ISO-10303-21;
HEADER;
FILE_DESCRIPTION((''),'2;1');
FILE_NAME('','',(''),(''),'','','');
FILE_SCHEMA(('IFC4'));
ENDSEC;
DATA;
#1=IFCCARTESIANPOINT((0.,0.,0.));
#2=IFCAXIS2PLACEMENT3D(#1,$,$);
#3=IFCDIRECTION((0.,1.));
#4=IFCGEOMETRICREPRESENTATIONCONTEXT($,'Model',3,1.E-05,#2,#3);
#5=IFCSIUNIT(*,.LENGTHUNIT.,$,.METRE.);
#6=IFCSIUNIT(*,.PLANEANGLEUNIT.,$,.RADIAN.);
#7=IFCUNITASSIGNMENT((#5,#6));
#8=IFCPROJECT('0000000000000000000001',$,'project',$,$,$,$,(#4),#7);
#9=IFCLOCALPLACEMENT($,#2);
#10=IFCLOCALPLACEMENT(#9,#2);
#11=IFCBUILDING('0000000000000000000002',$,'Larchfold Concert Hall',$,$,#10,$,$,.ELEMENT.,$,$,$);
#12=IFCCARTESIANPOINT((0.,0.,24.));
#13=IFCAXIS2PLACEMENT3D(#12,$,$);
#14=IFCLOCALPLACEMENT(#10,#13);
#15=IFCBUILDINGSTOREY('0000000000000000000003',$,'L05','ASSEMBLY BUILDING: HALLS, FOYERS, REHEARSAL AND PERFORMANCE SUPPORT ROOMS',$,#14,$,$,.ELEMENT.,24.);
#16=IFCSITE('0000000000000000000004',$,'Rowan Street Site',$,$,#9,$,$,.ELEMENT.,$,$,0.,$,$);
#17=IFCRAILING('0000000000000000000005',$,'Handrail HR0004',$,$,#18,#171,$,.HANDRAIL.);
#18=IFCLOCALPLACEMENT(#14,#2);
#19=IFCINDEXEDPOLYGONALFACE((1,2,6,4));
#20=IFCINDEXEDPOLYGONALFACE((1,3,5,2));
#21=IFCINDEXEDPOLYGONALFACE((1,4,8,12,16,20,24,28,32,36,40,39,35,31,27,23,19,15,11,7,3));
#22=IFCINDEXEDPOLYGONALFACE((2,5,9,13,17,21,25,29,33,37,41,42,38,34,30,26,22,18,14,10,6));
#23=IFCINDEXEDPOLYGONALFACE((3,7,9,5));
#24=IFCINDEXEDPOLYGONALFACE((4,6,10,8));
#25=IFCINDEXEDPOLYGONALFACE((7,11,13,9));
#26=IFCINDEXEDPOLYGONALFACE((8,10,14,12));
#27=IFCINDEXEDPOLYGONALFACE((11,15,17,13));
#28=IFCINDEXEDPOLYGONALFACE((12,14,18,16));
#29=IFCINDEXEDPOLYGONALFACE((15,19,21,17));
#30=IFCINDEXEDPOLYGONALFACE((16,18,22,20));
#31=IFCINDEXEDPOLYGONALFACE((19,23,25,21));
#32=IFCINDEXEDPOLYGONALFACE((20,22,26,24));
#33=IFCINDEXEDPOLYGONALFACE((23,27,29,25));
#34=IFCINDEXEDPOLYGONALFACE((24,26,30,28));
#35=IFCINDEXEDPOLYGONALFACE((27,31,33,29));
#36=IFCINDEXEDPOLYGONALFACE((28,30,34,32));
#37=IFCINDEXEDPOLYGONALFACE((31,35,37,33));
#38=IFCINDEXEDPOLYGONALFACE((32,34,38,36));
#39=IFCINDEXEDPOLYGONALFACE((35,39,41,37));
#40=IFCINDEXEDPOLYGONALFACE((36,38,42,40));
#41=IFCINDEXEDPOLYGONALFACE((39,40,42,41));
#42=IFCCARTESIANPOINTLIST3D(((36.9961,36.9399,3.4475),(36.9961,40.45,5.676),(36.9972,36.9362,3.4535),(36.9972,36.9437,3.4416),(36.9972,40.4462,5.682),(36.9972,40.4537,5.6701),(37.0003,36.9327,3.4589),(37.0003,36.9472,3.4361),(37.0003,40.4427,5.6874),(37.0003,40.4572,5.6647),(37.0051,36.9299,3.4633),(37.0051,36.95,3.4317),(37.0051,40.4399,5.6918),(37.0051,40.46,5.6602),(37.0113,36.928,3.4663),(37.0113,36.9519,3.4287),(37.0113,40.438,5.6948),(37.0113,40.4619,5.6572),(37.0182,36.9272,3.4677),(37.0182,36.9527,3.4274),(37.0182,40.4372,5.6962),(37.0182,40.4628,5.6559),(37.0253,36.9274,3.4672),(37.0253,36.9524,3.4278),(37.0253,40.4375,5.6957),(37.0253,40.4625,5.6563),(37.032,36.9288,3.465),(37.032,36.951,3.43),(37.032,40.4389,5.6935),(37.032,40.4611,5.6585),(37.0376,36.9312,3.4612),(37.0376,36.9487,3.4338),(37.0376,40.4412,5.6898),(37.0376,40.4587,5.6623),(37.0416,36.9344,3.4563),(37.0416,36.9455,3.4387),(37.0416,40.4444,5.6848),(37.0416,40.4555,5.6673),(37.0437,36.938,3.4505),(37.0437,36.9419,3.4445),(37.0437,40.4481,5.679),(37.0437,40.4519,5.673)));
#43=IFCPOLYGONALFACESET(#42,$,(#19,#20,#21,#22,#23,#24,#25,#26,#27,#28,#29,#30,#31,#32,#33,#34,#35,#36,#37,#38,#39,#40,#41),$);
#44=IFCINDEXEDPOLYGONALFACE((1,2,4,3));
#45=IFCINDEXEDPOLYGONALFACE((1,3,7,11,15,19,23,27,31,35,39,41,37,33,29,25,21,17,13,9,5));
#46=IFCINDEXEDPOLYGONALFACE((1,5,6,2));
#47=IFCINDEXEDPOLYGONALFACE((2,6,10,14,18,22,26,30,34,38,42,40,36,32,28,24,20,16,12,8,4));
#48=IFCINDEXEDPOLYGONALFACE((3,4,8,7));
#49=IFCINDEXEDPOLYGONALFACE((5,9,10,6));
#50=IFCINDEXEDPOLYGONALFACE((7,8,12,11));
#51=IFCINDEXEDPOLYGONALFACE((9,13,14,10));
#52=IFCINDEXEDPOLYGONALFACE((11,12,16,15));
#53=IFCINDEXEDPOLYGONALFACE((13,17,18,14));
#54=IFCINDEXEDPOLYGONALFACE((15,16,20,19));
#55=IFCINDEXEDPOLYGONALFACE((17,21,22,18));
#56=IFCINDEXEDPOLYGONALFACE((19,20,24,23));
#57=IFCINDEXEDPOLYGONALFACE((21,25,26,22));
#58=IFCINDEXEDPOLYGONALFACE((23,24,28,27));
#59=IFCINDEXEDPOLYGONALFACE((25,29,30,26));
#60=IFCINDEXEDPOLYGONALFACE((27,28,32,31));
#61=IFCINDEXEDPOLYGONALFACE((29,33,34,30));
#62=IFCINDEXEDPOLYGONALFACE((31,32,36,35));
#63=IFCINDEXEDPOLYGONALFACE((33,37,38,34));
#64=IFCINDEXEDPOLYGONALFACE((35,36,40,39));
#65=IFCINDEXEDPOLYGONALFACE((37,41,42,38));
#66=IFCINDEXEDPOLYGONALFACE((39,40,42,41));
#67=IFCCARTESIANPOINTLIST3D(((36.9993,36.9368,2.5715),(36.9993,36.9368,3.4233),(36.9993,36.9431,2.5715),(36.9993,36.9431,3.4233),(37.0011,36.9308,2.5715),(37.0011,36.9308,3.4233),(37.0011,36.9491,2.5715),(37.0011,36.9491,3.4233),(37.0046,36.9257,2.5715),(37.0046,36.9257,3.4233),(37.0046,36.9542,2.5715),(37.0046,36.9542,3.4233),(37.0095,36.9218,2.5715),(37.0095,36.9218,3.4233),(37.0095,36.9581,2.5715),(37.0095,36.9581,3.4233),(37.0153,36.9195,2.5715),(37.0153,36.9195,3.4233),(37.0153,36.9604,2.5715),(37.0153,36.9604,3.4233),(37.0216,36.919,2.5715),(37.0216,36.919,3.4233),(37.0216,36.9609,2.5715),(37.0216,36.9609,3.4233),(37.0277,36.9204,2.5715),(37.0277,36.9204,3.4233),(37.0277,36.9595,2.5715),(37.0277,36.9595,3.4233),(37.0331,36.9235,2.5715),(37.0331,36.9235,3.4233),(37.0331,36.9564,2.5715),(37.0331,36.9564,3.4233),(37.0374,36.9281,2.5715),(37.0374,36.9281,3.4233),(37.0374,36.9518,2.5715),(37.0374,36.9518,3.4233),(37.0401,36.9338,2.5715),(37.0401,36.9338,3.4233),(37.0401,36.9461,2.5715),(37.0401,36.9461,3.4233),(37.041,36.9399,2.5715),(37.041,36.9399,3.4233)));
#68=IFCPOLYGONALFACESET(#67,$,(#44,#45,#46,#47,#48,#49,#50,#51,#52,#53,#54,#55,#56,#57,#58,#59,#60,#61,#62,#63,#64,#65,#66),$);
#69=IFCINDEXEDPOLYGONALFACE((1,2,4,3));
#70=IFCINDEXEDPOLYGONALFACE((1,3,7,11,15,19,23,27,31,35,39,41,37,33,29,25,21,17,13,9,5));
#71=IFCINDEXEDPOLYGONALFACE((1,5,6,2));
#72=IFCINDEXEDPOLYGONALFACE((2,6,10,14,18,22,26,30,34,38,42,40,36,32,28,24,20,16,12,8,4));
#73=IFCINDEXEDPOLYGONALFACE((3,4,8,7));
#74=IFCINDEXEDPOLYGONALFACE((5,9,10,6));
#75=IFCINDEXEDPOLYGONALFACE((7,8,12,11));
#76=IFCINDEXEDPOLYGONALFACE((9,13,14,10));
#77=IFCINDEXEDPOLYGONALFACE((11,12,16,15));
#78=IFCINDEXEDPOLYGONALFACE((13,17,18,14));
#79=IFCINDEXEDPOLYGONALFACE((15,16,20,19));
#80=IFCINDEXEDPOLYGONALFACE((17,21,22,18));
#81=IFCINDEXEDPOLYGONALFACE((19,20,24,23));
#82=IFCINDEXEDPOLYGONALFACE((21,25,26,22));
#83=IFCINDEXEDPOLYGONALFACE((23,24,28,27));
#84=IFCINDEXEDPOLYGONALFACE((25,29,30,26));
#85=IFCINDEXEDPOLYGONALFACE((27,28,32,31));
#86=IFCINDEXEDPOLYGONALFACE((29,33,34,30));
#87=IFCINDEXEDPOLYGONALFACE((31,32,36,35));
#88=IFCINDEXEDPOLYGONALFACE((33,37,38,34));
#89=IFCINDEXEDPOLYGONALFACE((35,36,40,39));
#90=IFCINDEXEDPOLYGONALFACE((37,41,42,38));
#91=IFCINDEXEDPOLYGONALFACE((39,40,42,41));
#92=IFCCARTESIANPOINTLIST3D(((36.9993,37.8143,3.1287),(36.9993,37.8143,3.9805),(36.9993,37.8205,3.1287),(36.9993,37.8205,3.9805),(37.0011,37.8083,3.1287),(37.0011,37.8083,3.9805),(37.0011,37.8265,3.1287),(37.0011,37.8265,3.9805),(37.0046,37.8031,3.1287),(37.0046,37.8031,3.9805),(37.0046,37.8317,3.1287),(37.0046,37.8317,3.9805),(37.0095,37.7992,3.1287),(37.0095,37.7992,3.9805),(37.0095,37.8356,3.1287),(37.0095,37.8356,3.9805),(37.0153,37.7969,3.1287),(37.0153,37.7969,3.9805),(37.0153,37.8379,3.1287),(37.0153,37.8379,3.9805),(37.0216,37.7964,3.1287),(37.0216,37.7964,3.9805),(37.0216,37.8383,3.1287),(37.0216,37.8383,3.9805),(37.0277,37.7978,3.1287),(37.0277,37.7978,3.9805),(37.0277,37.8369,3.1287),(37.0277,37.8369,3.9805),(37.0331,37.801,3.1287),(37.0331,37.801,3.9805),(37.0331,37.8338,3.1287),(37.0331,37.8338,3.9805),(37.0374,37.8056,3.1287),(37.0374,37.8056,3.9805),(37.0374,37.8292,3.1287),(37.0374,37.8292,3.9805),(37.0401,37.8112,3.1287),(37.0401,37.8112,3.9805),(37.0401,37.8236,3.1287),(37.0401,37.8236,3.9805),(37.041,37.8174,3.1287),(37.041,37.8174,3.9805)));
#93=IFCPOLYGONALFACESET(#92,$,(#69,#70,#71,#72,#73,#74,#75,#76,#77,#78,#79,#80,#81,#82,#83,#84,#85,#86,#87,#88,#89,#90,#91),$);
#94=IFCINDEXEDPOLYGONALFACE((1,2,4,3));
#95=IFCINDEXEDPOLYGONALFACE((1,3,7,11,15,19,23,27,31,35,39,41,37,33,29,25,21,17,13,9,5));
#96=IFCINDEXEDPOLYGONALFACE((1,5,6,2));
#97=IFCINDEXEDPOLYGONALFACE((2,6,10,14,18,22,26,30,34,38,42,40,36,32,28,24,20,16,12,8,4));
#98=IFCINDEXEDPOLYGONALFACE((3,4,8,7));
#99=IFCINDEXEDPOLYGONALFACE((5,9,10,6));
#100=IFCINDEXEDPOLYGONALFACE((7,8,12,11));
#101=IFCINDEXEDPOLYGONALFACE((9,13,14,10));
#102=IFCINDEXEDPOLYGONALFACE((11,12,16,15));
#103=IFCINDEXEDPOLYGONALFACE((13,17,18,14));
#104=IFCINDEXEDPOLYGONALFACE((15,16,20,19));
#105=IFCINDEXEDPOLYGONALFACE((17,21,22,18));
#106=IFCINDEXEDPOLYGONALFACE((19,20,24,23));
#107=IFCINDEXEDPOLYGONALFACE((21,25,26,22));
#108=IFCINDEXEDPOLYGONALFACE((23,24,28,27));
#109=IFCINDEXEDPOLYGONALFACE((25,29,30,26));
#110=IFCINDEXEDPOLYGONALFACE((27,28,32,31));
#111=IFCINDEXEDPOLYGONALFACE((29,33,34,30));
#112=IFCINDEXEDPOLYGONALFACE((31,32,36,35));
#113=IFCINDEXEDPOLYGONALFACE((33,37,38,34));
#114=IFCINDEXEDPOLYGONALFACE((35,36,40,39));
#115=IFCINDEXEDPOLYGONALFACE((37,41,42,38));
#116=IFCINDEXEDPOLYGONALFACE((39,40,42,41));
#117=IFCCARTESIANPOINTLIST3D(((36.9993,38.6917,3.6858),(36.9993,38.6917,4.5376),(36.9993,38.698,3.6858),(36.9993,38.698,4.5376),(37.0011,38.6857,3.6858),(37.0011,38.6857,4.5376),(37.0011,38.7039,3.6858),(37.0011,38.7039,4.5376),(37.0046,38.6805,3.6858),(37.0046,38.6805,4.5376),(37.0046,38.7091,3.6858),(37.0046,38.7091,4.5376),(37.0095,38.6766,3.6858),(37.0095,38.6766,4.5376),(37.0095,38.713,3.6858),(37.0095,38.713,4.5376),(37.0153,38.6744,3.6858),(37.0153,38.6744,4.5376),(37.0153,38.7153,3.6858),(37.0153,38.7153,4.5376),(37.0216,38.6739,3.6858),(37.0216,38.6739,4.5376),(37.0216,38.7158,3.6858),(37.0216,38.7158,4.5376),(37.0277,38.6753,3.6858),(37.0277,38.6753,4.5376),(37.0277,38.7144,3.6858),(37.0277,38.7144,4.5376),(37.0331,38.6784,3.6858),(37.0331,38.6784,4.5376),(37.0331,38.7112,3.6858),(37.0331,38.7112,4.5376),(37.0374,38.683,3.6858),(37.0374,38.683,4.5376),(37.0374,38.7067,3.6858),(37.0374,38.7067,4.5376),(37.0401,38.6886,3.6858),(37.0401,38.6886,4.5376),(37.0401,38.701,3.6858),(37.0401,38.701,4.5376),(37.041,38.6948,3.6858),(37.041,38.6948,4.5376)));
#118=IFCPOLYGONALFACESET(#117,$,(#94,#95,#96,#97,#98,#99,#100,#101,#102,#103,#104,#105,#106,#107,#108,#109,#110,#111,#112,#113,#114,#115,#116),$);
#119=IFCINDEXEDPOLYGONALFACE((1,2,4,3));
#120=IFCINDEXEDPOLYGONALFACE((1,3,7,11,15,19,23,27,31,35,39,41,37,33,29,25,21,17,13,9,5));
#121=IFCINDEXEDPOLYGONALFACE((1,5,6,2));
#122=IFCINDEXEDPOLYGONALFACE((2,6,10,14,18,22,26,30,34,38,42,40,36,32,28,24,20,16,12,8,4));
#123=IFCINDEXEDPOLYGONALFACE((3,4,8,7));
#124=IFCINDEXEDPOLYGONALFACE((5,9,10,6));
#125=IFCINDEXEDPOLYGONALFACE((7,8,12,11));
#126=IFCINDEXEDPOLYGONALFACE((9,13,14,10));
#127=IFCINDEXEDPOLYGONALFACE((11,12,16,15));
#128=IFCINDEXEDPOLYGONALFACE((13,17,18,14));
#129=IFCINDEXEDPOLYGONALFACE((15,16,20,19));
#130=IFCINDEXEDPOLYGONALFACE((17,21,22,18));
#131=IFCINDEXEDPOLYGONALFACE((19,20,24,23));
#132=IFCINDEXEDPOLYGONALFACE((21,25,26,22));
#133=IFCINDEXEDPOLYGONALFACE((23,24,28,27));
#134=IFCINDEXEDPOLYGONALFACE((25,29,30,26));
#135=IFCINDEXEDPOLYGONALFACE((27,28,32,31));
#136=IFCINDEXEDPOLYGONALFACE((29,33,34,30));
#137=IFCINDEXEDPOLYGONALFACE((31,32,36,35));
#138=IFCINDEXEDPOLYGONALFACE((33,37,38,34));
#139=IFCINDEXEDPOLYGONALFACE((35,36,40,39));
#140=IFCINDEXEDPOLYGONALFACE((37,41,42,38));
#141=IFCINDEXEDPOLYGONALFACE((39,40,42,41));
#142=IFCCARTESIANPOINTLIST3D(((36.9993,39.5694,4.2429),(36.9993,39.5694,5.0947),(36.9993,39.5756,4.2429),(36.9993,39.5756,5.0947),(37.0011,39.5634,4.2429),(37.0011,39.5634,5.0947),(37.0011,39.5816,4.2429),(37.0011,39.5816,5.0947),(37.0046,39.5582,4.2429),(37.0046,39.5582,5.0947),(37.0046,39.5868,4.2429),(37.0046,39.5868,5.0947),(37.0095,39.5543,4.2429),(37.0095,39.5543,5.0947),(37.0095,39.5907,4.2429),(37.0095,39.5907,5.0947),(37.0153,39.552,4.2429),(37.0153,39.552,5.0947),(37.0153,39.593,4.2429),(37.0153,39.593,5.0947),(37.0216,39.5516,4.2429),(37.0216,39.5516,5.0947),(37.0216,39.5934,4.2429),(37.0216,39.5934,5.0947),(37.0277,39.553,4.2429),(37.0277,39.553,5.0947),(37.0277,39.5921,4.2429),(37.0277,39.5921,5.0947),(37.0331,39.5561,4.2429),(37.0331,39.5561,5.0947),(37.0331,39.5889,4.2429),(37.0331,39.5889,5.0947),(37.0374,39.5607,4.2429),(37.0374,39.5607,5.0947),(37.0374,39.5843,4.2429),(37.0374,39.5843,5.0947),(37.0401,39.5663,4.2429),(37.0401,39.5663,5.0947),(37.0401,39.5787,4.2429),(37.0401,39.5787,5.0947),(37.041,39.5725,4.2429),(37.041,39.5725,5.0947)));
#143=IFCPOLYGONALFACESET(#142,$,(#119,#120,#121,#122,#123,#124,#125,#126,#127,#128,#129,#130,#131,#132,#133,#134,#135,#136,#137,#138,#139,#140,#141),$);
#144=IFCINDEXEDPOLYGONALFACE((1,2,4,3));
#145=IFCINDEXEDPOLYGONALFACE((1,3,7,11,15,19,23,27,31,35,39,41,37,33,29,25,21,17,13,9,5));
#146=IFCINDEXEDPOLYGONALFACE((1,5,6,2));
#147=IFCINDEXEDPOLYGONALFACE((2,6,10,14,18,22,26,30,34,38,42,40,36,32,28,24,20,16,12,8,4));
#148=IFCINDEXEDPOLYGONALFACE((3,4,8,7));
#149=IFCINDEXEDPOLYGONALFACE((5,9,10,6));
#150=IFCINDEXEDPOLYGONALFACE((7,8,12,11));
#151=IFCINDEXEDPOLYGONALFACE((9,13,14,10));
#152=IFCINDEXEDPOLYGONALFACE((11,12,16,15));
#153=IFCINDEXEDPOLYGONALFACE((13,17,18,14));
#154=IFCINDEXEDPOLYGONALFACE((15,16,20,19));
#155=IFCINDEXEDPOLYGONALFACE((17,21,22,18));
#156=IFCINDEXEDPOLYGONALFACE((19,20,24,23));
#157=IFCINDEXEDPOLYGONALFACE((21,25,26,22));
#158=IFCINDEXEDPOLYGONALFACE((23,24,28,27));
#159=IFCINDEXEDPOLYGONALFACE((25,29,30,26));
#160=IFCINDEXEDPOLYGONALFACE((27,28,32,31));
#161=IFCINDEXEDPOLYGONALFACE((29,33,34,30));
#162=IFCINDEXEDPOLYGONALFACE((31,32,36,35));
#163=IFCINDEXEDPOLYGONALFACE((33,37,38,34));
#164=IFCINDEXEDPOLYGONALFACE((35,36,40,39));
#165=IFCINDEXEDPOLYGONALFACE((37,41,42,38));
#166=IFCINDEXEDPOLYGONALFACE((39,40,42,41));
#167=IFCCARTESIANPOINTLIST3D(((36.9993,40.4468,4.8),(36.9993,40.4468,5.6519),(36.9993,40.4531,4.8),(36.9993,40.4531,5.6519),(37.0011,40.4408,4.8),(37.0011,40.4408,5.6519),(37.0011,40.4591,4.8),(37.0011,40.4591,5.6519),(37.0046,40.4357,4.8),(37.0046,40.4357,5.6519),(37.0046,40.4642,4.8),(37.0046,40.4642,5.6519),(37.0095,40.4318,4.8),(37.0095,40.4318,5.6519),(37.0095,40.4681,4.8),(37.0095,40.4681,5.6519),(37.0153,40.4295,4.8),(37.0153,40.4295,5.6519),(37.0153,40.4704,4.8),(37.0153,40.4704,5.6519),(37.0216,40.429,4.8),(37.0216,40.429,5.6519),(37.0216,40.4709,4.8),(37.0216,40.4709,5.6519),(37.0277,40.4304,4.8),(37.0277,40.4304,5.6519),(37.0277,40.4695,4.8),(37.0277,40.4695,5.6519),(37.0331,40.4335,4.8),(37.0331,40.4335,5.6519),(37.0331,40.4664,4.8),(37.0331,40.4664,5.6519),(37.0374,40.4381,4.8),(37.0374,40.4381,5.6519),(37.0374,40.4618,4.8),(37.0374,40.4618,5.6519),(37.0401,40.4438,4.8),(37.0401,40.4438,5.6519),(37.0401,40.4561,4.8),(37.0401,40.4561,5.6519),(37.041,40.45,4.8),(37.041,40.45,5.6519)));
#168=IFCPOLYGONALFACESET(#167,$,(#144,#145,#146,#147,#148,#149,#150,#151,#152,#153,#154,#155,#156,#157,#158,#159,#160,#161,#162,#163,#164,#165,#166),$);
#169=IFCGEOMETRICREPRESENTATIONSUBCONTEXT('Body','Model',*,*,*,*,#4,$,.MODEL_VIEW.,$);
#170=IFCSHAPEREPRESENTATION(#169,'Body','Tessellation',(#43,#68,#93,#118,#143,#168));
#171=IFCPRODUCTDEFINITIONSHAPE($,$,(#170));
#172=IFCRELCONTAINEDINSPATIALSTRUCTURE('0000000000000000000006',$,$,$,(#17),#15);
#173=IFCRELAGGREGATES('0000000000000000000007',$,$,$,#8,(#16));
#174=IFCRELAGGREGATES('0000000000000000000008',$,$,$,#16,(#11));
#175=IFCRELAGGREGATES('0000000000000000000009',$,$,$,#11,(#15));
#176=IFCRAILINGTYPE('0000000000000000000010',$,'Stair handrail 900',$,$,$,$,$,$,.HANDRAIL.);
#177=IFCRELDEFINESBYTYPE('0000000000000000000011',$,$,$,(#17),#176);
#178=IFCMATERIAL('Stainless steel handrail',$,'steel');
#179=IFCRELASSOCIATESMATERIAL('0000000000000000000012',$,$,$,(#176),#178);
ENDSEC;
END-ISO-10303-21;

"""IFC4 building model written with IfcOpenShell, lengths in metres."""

from ifc_helpers import new_model, si_unit, direction, frame, origin, origin_2d, place, context, subcontext, project, spatial, circle, extrude, material, type_object, element, save


model = new_model("IFC4")

# Units and contexts
model_context = context("Model", 3, precision=1e-05, world=origin(), true_north=direction((0.0, 1.0)))
body_context = subcontext(model_context, "Body", "Model", "MODEL_VIEW")
ifc_project = project(units=[si_unit("LENGTHUNIT", "METRE"), si_unit("PLANEANGLEUNIT", "RADIAN")], contexts=[model_context])

# Site, building, storey
site_placement = place(None, origin())
site = spatial("IfcSite", under=ifc_project, at=site_placement, Name="Rowan Street Site", CompositionType="ELEMENT", RefElevation=0.0)
building_placement = place(site_placement, origin())
building = spatial("IfcBuilding", under=site, at=building_placement, Name="Larchfold Concert Hall", CompositionType="ELEMENT")
storey_placement = place(building_placement, frame((0.0, 0.0, 24.0)))
storey = spatial("IfcBuildingStorey", under=building, at=storey_placement, Name="L05", Description="ASSEMBLY BUILDING: HALLS, FOYERS, REHEARSAL AND PERFORMANCE SUPPORT ROOMS", CompositionType="ELEMENT", Elevation=24.0)

# Railing
ifc_material_1 = material(Name="Stainless steel handrail", Category="steel")
railing_type_1 = type_object("IfcRailingType", Name="Stair handrail 900", PredefinedType="HANDRAIL", material=ifc_material_1)
for number, where, name in (
    (1, (37.02, 36.9399, 2.5715), "Handrail HR0004"),
):
    element("IfcRailing", number, at=place(storey_placement, frame(where)), inside=storey, type_object=railing_type_1, Name=name, PredefinedType="HANDRAIL", context=body_context, shape_type="SweptSolid", body=[
        extrude(circle(Radius=0.0239, at=origin_2d()), frame((0.0, 0.0, 0.876), z_axis=(0.0, 0.84422, 0.535998), x_axis=(-1.0, 0.0, 0.0)), (0.0, 0.0, 1.0), 4.1577),
        extrude(circle(Radius=0.021, at=origin_2d()), origin(), (0.0, 0.0, 1.0), 0.8518),
        extrude(circle(Radius=0.021, at=origin_2d()), frame((0.0, 0.8774, 0.5571)), (0.0, 0.0, 1.0), 0.8518),
        extrude(circle(Radius=0.021, at=origin_2d()), frame((0.0, 1.7549, 1.1143)), (0.0, 0.0, 1.0), 0.8518),
        extrude(circle(Radius=0.021, at=origin_2d()), frame((0.0, 2.6326, 1.6714)), (0.0, 0.0, 1.0), 0.8518),
        extrude(circle(Radius=0.021, at=origin_2d()), frame((0.0, 3.51, 2.2285)), (0.0, 0.0, 1.0), 0.8518),
    ])

save(model, "model.ifc")
